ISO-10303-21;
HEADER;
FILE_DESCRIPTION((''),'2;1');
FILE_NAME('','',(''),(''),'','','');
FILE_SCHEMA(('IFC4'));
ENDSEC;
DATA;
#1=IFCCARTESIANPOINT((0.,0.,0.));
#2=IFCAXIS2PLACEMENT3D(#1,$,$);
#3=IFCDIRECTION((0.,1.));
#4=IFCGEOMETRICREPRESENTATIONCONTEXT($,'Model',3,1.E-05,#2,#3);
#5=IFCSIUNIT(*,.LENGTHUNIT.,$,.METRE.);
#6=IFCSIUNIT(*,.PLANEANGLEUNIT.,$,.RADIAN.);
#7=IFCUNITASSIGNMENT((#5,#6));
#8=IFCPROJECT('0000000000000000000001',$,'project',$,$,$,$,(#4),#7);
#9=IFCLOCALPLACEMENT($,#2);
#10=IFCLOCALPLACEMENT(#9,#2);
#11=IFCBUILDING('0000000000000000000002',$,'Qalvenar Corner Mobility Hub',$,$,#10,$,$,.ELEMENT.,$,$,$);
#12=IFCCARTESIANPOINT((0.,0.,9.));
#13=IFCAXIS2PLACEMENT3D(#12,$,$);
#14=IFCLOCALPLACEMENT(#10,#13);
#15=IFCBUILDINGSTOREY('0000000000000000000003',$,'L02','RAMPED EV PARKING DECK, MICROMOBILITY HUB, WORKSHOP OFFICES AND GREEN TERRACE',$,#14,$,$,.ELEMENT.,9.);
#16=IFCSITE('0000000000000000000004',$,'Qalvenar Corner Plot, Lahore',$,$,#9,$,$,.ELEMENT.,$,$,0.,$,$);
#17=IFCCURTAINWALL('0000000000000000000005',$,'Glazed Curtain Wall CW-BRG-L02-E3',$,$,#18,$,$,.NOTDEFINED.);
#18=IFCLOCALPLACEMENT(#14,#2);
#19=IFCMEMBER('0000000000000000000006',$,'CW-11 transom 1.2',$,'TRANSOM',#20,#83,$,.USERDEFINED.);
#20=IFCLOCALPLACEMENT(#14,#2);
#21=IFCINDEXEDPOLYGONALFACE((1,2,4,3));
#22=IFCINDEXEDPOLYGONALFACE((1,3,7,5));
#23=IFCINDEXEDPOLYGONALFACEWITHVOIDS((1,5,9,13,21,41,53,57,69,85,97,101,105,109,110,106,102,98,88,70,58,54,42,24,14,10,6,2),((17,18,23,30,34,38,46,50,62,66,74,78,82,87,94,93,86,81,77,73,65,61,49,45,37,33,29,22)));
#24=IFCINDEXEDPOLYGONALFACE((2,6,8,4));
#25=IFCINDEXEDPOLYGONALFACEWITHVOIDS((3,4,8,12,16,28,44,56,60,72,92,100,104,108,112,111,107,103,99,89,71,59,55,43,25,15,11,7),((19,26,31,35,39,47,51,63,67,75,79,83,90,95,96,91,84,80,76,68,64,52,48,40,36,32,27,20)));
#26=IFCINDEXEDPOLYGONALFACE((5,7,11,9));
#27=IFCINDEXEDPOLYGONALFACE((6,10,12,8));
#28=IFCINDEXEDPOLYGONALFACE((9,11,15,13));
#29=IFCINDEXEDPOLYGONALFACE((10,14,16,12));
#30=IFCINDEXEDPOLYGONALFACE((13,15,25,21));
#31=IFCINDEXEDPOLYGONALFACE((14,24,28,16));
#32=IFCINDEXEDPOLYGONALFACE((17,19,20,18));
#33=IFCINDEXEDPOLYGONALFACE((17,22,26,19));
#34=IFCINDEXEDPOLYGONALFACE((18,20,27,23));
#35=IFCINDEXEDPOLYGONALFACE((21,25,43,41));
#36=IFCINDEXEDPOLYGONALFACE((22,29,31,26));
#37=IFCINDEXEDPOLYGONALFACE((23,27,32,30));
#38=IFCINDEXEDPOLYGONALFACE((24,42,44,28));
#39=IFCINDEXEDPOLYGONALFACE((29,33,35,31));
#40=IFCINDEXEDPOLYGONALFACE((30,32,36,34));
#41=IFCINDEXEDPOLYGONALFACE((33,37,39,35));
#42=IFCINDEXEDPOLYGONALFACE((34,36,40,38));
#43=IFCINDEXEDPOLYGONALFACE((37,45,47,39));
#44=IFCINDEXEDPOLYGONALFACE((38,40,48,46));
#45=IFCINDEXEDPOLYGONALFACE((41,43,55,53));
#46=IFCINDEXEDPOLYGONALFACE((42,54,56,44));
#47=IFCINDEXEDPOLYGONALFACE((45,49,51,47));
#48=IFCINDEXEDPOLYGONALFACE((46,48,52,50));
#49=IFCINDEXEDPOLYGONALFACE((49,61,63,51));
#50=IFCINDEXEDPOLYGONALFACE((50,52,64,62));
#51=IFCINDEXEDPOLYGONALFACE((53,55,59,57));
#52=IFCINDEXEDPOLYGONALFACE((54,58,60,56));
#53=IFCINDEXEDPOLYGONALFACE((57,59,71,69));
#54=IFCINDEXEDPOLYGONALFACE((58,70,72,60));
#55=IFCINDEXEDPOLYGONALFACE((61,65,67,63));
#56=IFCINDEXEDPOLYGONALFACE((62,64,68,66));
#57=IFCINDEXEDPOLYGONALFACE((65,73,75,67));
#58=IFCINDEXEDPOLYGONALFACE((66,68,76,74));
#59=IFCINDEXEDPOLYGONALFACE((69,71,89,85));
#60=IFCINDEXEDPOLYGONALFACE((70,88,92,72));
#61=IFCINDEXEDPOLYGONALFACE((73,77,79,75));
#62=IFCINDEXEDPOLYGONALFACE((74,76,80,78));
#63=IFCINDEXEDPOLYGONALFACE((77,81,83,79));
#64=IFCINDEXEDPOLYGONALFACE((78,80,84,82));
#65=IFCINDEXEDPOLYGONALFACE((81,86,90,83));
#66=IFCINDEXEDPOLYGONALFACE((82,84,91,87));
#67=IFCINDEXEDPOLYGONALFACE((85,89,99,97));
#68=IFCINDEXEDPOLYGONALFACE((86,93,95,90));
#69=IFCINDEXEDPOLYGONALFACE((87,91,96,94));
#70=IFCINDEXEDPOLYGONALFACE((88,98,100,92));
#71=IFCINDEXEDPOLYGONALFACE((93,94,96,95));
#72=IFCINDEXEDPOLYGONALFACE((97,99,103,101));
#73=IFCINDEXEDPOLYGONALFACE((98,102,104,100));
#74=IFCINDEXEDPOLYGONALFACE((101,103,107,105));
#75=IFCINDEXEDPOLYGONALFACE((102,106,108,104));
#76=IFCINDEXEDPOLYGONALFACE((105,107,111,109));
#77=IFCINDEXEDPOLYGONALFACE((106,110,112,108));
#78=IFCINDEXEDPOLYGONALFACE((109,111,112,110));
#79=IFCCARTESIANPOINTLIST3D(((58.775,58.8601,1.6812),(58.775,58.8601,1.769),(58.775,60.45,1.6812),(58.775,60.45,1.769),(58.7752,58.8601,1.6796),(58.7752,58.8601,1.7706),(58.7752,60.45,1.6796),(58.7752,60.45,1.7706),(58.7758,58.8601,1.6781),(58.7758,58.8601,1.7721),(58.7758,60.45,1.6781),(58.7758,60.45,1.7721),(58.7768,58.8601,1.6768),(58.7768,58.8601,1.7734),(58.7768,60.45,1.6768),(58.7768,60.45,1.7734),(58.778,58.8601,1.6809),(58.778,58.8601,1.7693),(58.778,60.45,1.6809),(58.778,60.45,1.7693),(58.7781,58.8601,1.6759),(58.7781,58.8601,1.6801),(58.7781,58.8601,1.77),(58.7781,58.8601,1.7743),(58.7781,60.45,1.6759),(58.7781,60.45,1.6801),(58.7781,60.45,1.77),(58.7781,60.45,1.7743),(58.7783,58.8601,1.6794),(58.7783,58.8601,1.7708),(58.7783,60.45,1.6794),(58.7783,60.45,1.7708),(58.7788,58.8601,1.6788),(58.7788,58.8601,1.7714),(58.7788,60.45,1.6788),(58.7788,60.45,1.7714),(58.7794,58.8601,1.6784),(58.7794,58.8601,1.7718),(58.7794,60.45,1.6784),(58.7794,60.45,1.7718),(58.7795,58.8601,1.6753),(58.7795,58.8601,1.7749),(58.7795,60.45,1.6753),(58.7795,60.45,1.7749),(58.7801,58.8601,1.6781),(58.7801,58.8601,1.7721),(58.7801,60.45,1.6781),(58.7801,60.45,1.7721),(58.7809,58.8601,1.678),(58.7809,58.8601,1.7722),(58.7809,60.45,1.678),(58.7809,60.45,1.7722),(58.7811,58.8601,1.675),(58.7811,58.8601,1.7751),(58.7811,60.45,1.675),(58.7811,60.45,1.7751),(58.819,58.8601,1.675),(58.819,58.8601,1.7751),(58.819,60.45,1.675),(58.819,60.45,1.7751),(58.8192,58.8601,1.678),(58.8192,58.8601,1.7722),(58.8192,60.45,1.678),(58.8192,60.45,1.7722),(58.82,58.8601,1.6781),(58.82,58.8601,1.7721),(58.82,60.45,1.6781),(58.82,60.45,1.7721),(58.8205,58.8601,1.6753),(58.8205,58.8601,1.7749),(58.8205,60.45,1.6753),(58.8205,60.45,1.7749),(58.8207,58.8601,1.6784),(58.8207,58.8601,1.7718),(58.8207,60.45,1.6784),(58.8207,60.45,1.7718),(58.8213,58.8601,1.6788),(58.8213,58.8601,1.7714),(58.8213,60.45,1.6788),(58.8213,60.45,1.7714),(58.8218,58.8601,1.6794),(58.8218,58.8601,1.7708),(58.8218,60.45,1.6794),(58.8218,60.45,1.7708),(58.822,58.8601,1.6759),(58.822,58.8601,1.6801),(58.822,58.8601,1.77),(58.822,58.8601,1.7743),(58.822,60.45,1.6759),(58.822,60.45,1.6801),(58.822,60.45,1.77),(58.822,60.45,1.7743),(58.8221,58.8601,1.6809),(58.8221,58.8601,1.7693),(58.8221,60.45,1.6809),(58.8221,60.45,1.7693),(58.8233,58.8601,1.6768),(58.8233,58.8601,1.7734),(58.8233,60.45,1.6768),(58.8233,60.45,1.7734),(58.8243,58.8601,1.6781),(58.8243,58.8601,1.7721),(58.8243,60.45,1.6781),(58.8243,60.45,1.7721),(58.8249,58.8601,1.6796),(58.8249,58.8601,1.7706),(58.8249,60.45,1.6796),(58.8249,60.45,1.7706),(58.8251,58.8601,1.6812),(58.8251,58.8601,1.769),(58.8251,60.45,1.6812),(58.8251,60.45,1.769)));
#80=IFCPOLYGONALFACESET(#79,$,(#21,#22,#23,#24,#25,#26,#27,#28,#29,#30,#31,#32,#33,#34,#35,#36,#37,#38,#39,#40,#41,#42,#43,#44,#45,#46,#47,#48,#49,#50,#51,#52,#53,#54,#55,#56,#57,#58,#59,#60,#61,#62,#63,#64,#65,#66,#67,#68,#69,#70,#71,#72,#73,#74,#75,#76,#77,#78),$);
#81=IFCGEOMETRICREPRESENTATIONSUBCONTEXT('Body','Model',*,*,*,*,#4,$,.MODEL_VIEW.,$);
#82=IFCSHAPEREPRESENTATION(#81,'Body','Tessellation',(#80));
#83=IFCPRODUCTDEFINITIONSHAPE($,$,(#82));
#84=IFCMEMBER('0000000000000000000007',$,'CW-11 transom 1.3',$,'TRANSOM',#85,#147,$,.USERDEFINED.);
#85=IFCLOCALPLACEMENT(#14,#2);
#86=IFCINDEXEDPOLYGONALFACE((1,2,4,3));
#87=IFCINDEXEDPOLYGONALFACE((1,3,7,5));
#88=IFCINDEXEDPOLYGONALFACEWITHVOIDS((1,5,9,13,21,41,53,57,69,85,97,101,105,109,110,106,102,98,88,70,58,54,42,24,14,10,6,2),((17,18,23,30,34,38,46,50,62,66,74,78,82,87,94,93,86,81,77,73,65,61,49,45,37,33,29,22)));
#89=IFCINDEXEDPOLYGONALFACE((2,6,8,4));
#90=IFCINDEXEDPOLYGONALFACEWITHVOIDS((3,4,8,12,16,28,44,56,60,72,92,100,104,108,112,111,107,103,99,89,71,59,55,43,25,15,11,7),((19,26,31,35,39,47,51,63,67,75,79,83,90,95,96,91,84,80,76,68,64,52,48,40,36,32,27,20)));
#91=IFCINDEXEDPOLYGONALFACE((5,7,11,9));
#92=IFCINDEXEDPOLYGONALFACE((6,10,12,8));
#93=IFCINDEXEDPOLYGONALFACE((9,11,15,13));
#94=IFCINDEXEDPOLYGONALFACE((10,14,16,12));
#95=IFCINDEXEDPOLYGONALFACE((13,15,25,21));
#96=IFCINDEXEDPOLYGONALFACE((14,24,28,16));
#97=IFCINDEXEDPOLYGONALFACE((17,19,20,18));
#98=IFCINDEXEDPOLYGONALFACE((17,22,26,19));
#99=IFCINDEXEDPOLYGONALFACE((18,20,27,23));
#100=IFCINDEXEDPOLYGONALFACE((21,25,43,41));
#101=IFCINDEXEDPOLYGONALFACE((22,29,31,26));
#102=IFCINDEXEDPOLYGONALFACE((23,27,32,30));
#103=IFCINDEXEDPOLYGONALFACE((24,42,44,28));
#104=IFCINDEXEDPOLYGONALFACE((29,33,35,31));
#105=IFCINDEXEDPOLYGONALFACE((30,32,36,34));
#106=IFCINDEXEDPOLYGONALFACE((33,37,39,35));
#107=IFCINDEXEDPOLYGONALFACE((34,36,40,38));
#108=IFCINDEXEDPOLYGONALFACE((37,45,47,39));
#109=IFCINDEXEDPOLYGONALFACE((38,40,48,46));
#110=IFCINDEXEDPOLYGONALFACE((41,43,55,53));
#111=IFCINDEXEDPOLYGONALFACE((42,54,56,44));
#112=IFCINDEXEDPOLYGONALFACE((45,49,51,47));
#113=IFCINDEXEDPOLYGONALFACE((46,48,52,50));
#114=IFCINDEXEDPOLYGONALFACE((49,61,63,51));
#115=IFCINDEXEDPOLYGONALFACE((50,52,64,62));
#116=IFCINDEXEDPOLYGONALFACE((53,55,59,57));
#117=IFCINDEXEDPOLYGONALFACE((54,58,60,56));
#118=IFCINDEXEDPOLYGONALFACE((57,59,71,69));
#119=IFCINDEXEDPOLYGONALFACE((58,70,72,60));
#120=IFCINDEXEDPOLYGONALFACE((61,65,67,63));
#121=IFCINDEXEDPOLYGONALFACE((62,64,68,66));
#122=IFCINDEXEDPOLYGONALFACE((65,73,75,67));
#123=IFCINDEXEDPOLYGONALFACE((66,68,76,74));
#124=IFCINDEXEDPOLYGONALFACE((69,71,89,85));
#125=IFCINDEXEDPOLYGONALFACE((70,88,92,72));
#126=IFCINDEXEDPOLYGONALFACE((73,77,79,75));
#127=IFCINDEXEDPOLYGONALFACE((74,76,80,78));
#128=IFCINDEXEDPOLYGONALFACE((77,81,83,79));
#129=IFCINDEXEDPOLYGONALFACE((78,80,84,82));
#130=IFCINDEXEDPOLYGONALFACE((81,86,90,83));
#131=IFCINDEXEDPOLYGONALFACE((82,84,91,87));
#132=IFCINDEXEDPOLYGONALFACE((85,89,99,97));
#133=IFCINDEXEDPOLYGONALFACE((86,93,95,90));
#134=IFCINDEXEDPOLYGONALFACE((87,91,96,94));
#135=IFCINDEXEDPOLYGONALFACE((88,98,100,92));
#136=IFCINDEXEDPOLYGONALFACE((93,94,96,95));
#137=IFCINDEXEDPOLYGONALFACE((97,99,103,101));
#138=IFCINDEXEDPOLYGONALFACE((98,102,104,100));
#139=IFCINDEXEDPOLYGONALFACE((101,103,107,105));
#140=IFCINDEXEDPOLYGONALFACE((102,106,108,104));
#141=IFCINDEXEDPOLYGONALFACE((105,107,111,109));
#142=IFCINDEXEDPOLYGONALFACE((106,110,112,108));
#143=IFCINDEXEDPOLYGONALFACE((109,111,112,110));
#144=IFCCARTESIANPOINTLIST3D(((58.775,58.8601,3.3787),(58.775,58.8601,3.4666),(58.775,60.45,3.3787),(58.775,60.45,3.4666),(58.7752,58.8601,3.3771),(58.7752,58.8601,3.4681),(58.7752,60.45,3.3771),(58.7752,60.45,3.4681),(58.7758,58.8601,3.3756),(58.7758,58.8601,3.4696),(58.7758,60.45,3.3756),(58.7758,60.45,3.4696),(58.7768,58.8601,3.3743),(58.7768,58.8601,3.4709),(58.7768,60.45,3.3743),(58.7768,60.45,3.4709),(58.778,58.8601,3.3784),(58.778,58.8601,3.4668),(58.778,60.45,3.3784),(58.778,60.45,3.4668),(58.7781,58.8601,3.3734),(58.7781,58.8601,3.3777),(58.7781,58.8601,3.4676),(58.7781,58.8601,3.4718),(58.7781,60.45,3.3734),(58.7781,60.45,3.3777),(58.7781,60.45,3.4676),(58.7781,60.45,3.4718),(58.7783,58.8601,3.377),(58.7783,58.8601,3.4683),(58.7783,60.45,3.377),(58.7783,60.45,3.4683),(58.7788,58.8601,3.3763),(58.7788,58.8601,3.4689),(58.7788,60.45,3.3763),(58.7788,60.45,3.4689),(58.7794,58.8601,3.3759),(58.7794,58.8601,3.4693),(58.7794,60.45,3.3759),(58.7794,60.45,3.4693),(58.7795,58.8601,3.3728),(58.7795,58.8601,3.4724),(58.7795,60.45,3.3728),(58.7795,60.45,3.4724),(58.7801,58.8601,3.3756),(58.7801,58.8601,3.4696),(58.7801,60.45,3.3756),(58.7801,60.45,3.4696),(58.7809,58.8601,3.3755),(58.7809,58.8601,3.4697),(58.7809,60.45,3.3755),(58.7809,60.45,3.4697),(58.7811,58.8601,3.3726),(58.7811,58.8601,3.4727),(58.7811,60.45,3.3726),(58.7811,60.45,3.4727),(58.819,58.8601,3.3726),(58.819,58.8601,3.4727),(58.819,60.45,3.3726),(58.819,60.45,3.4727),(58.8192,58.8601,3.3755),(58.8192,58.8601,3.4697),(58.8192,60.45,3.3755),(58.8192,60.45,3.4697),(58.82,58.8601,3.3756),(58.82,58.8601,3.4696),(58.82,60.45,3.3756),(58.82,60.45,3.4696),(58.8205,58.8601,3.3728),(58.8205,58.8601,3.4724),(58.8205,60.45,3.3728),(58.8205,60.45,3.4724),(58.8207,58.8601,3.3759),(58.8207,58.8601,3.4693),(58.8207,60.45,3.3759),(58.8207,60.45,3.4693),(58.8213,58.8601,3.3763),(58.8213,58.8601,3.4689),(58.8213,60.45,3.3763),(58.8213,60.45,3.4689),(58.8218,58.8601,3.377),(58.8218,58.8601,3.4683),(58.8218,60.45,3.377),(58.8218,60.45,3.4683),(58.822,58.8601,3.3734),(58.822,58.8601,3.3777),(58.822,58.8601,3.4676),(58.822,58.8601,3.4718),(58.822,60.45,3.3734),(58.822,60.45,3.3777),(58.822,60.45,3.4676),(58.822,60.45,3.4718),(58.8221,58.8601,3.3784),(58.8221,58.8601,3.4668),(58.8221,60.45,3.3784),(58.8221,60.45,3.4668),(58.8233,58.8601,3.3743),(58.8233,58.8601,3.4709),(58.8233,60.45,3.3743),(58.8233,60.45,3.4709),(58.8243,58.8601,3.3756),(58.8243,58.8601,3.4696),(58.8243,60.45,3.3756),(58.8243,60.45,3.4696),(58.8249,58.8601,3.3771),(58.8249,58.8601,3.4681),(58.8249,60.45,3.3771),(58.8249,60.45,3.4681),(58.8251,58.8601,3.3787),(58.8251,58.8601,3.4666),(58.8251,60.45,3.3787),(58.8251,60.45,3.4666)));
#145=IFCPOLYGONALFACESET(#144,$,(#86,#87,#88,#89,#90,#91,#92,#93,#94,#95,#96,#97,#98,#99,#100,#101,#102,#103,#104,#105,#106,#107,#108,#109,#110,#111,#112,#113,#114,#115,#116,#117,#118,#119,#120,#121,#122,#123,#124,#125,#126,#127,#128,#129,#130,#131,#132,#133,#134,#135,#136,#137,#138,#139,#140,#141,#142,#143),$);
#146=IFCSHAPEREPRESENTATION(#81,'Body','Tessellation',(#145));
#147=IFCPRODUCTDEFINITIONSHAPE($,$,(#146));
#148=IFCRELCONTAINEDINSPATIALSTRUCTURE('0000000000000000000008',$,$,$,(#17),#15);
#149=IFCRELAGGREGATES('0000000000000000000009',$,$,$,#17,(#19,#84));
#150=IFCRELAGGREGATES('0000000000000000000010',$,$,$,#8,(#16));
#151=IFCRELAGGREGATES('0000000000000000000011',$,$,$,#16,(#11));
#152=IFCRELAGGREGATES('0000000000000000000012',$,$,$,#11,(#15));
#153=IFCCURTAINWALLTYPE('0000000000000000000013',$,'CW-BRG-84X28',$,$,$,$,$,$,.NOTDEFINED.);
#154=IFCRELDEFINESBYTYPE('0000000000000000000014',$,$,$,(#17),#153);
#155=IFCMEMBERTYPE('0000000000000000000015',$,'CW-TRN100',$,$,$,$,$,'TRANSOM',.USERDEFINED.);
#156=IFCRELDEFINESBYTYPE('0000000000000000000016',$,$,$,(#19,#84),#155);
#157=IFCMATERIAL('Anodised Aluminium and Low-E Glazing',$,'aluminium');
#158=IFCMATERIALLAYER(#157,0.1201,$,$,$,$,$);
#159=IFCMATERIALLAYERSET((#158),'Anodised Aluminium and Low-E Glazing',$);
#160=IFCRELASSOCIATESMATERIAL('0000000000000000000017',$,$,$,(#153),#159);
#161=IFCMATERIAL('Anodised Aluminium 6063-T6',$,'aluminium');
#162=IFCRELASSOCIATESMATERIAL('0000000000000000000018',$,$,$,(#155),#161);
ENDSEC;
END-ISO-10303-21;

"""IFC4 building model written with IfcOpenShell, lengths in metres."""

from ifc_helpers import new_model, si_unit, direction, frame, origin, origin_2d, place, context, subcontext, project, spatial, hollow_rectangle, extrude, material, layer, layer_set, material_profile, profile_set, type_object, element, aggregate, save


model = new_model("IFC4")

# Units and contexts
model_context = context("Model", 3, precision=1e-05, world=origin(), true_north=direction((0.0, 1.0)))
body_context = subcontext(model_context, "Body", "Model", "MODEL_VIEW")
ifc_project = project(units=[si_unit("LENGTHUNIT", "METRE"), si_unit("PLANEANGLEUNIT", "RADIAN")], contexts=[model_context])

# Site, building, storey
site_placement = place(None, origin())
site = spatial("IfcSite", under=ifc_project, at=site_placement, Name="Qalvenar Corner Plot, Lahore", CompositionType="ELEMENT", RefElevation=0.0)
building_placement = place(site_placement, origin())
building = spatial("IfcBuilding", under=site, at=building_placement, Name="Qalvenar Corner Mobility Hub", CompositionType="ELEMENT")
storey_placement = place(building_placement, frame((0.0, 0.0, 9.0)))
storey = spatial("IfcBuildingStorey", under=building, at=storey_placement, Name="L02", Description="RAMPED EV PARKING DECK, MICROMOBILITY HUB, WORKSHOP OFFICES AND GREEN TERRACE", CompositionType="ELEMENT", Elevation=9.0)

# Curtain wall, members
ifc_material_1 = material(Name="Anodised Aluminium and Low-E Glazing", Category="aluminium")
ifc_layer_1 = layer(ifc_material_1, 0.1201)
ifc_layer_set_1 = layer_set([ifc_layer_1], Name="Anodised Aluminium and Low-E Glazing")
curtain_wall_type = type_object("IfcCurtainWallType", Name="CW-BRG-84X28", PredefinedType="NOTDEFINED", material=ifc_layer_set_1)
curtain_wall_placement = place(storey_placement, origin())
curtain_wall = element("IfcCurtainWall", 1, at=curtain_wall_placement, inside=storey, type_object=curtain_wall_type, Name="Glazed Curtain Wall CW-BRG-L02-E3", PredefinedType="NOTDEFINED")
ifc_material_2 = material(Name="Anodised Aluminium 6063-T6", Category="aluminium")
ifc_material_profile_1 = material_profile(ifc_material_2, hollow_rectangle(XDim=0.05, YDim=0.1001, WallThickness=0.0029, InnerFilletRadius=0.0029, OuterFilletRadius=0.0061, at=origin_2d()), Name="RHS100x50x3")
ifc_profile_set_1 = profile_set([ifc_material_profile_1], Name="Anodised Aluminium 6063-T6")
member_type_1 = type_object("IfcMemberType", Name="CW-TRN100", ElementType="TRANSOM", PredefinedType="USERDEFINED", material=ifc_profile_set_1)
member_1_placement = place(storey_placement, frame((58.8, 58.8601, 1.7251), z_axis=(0.0, 1.0, 0.0), x_axis=(-1.0, 0.0, 0.0)))
member_1 = element("IfcMember", 2, at=member_1_placement, type_object=member_type_1, Name="CW-11 transom 1.2", ObjectType="TRANSOM", PredefinedType="USERDEFINED", context=body_context, shape_type="SweptSolid", body=[
    extrude(hollow_rectangle(XDim=0.05, YDim=0.1001, WallThickness=0.0029, InnerFilletRadius=0.0029, OuterFilletRadius=0.0061, at=origin_2d()), origin(), (0.0, 0.0, 1.0), 1.5898),
])
member_2_placement = place(storey_placement, frame((58.8, 58.8601, 3.4226), z_axis=(0.0, 1.0, 0.0), x_axis=(-1.0, 0.0, 0.0)))
member_2 = element("IfcMember", 3, at=member_2_placement, type_object=member_type_1, Name="CW-11 transom 1.3", ObjectType="TRANSOM", PredefinedType="USERDEFINED", context=body_context, shape_type="SweptSolid", body=[
    extrude(hollow_rectangle(XDim=0.05, YDim=0.1001, WallThickness=0.0029, InnerFilletRadius=0.0029, OuterFilletRadius=0.0061, at=origin_2d()), origin(), (0.0, 0.0, 1.0), 1.5898),
])

aggregate(curtain_wall, [member_1, member_2])

save(model, "model.ifc")
